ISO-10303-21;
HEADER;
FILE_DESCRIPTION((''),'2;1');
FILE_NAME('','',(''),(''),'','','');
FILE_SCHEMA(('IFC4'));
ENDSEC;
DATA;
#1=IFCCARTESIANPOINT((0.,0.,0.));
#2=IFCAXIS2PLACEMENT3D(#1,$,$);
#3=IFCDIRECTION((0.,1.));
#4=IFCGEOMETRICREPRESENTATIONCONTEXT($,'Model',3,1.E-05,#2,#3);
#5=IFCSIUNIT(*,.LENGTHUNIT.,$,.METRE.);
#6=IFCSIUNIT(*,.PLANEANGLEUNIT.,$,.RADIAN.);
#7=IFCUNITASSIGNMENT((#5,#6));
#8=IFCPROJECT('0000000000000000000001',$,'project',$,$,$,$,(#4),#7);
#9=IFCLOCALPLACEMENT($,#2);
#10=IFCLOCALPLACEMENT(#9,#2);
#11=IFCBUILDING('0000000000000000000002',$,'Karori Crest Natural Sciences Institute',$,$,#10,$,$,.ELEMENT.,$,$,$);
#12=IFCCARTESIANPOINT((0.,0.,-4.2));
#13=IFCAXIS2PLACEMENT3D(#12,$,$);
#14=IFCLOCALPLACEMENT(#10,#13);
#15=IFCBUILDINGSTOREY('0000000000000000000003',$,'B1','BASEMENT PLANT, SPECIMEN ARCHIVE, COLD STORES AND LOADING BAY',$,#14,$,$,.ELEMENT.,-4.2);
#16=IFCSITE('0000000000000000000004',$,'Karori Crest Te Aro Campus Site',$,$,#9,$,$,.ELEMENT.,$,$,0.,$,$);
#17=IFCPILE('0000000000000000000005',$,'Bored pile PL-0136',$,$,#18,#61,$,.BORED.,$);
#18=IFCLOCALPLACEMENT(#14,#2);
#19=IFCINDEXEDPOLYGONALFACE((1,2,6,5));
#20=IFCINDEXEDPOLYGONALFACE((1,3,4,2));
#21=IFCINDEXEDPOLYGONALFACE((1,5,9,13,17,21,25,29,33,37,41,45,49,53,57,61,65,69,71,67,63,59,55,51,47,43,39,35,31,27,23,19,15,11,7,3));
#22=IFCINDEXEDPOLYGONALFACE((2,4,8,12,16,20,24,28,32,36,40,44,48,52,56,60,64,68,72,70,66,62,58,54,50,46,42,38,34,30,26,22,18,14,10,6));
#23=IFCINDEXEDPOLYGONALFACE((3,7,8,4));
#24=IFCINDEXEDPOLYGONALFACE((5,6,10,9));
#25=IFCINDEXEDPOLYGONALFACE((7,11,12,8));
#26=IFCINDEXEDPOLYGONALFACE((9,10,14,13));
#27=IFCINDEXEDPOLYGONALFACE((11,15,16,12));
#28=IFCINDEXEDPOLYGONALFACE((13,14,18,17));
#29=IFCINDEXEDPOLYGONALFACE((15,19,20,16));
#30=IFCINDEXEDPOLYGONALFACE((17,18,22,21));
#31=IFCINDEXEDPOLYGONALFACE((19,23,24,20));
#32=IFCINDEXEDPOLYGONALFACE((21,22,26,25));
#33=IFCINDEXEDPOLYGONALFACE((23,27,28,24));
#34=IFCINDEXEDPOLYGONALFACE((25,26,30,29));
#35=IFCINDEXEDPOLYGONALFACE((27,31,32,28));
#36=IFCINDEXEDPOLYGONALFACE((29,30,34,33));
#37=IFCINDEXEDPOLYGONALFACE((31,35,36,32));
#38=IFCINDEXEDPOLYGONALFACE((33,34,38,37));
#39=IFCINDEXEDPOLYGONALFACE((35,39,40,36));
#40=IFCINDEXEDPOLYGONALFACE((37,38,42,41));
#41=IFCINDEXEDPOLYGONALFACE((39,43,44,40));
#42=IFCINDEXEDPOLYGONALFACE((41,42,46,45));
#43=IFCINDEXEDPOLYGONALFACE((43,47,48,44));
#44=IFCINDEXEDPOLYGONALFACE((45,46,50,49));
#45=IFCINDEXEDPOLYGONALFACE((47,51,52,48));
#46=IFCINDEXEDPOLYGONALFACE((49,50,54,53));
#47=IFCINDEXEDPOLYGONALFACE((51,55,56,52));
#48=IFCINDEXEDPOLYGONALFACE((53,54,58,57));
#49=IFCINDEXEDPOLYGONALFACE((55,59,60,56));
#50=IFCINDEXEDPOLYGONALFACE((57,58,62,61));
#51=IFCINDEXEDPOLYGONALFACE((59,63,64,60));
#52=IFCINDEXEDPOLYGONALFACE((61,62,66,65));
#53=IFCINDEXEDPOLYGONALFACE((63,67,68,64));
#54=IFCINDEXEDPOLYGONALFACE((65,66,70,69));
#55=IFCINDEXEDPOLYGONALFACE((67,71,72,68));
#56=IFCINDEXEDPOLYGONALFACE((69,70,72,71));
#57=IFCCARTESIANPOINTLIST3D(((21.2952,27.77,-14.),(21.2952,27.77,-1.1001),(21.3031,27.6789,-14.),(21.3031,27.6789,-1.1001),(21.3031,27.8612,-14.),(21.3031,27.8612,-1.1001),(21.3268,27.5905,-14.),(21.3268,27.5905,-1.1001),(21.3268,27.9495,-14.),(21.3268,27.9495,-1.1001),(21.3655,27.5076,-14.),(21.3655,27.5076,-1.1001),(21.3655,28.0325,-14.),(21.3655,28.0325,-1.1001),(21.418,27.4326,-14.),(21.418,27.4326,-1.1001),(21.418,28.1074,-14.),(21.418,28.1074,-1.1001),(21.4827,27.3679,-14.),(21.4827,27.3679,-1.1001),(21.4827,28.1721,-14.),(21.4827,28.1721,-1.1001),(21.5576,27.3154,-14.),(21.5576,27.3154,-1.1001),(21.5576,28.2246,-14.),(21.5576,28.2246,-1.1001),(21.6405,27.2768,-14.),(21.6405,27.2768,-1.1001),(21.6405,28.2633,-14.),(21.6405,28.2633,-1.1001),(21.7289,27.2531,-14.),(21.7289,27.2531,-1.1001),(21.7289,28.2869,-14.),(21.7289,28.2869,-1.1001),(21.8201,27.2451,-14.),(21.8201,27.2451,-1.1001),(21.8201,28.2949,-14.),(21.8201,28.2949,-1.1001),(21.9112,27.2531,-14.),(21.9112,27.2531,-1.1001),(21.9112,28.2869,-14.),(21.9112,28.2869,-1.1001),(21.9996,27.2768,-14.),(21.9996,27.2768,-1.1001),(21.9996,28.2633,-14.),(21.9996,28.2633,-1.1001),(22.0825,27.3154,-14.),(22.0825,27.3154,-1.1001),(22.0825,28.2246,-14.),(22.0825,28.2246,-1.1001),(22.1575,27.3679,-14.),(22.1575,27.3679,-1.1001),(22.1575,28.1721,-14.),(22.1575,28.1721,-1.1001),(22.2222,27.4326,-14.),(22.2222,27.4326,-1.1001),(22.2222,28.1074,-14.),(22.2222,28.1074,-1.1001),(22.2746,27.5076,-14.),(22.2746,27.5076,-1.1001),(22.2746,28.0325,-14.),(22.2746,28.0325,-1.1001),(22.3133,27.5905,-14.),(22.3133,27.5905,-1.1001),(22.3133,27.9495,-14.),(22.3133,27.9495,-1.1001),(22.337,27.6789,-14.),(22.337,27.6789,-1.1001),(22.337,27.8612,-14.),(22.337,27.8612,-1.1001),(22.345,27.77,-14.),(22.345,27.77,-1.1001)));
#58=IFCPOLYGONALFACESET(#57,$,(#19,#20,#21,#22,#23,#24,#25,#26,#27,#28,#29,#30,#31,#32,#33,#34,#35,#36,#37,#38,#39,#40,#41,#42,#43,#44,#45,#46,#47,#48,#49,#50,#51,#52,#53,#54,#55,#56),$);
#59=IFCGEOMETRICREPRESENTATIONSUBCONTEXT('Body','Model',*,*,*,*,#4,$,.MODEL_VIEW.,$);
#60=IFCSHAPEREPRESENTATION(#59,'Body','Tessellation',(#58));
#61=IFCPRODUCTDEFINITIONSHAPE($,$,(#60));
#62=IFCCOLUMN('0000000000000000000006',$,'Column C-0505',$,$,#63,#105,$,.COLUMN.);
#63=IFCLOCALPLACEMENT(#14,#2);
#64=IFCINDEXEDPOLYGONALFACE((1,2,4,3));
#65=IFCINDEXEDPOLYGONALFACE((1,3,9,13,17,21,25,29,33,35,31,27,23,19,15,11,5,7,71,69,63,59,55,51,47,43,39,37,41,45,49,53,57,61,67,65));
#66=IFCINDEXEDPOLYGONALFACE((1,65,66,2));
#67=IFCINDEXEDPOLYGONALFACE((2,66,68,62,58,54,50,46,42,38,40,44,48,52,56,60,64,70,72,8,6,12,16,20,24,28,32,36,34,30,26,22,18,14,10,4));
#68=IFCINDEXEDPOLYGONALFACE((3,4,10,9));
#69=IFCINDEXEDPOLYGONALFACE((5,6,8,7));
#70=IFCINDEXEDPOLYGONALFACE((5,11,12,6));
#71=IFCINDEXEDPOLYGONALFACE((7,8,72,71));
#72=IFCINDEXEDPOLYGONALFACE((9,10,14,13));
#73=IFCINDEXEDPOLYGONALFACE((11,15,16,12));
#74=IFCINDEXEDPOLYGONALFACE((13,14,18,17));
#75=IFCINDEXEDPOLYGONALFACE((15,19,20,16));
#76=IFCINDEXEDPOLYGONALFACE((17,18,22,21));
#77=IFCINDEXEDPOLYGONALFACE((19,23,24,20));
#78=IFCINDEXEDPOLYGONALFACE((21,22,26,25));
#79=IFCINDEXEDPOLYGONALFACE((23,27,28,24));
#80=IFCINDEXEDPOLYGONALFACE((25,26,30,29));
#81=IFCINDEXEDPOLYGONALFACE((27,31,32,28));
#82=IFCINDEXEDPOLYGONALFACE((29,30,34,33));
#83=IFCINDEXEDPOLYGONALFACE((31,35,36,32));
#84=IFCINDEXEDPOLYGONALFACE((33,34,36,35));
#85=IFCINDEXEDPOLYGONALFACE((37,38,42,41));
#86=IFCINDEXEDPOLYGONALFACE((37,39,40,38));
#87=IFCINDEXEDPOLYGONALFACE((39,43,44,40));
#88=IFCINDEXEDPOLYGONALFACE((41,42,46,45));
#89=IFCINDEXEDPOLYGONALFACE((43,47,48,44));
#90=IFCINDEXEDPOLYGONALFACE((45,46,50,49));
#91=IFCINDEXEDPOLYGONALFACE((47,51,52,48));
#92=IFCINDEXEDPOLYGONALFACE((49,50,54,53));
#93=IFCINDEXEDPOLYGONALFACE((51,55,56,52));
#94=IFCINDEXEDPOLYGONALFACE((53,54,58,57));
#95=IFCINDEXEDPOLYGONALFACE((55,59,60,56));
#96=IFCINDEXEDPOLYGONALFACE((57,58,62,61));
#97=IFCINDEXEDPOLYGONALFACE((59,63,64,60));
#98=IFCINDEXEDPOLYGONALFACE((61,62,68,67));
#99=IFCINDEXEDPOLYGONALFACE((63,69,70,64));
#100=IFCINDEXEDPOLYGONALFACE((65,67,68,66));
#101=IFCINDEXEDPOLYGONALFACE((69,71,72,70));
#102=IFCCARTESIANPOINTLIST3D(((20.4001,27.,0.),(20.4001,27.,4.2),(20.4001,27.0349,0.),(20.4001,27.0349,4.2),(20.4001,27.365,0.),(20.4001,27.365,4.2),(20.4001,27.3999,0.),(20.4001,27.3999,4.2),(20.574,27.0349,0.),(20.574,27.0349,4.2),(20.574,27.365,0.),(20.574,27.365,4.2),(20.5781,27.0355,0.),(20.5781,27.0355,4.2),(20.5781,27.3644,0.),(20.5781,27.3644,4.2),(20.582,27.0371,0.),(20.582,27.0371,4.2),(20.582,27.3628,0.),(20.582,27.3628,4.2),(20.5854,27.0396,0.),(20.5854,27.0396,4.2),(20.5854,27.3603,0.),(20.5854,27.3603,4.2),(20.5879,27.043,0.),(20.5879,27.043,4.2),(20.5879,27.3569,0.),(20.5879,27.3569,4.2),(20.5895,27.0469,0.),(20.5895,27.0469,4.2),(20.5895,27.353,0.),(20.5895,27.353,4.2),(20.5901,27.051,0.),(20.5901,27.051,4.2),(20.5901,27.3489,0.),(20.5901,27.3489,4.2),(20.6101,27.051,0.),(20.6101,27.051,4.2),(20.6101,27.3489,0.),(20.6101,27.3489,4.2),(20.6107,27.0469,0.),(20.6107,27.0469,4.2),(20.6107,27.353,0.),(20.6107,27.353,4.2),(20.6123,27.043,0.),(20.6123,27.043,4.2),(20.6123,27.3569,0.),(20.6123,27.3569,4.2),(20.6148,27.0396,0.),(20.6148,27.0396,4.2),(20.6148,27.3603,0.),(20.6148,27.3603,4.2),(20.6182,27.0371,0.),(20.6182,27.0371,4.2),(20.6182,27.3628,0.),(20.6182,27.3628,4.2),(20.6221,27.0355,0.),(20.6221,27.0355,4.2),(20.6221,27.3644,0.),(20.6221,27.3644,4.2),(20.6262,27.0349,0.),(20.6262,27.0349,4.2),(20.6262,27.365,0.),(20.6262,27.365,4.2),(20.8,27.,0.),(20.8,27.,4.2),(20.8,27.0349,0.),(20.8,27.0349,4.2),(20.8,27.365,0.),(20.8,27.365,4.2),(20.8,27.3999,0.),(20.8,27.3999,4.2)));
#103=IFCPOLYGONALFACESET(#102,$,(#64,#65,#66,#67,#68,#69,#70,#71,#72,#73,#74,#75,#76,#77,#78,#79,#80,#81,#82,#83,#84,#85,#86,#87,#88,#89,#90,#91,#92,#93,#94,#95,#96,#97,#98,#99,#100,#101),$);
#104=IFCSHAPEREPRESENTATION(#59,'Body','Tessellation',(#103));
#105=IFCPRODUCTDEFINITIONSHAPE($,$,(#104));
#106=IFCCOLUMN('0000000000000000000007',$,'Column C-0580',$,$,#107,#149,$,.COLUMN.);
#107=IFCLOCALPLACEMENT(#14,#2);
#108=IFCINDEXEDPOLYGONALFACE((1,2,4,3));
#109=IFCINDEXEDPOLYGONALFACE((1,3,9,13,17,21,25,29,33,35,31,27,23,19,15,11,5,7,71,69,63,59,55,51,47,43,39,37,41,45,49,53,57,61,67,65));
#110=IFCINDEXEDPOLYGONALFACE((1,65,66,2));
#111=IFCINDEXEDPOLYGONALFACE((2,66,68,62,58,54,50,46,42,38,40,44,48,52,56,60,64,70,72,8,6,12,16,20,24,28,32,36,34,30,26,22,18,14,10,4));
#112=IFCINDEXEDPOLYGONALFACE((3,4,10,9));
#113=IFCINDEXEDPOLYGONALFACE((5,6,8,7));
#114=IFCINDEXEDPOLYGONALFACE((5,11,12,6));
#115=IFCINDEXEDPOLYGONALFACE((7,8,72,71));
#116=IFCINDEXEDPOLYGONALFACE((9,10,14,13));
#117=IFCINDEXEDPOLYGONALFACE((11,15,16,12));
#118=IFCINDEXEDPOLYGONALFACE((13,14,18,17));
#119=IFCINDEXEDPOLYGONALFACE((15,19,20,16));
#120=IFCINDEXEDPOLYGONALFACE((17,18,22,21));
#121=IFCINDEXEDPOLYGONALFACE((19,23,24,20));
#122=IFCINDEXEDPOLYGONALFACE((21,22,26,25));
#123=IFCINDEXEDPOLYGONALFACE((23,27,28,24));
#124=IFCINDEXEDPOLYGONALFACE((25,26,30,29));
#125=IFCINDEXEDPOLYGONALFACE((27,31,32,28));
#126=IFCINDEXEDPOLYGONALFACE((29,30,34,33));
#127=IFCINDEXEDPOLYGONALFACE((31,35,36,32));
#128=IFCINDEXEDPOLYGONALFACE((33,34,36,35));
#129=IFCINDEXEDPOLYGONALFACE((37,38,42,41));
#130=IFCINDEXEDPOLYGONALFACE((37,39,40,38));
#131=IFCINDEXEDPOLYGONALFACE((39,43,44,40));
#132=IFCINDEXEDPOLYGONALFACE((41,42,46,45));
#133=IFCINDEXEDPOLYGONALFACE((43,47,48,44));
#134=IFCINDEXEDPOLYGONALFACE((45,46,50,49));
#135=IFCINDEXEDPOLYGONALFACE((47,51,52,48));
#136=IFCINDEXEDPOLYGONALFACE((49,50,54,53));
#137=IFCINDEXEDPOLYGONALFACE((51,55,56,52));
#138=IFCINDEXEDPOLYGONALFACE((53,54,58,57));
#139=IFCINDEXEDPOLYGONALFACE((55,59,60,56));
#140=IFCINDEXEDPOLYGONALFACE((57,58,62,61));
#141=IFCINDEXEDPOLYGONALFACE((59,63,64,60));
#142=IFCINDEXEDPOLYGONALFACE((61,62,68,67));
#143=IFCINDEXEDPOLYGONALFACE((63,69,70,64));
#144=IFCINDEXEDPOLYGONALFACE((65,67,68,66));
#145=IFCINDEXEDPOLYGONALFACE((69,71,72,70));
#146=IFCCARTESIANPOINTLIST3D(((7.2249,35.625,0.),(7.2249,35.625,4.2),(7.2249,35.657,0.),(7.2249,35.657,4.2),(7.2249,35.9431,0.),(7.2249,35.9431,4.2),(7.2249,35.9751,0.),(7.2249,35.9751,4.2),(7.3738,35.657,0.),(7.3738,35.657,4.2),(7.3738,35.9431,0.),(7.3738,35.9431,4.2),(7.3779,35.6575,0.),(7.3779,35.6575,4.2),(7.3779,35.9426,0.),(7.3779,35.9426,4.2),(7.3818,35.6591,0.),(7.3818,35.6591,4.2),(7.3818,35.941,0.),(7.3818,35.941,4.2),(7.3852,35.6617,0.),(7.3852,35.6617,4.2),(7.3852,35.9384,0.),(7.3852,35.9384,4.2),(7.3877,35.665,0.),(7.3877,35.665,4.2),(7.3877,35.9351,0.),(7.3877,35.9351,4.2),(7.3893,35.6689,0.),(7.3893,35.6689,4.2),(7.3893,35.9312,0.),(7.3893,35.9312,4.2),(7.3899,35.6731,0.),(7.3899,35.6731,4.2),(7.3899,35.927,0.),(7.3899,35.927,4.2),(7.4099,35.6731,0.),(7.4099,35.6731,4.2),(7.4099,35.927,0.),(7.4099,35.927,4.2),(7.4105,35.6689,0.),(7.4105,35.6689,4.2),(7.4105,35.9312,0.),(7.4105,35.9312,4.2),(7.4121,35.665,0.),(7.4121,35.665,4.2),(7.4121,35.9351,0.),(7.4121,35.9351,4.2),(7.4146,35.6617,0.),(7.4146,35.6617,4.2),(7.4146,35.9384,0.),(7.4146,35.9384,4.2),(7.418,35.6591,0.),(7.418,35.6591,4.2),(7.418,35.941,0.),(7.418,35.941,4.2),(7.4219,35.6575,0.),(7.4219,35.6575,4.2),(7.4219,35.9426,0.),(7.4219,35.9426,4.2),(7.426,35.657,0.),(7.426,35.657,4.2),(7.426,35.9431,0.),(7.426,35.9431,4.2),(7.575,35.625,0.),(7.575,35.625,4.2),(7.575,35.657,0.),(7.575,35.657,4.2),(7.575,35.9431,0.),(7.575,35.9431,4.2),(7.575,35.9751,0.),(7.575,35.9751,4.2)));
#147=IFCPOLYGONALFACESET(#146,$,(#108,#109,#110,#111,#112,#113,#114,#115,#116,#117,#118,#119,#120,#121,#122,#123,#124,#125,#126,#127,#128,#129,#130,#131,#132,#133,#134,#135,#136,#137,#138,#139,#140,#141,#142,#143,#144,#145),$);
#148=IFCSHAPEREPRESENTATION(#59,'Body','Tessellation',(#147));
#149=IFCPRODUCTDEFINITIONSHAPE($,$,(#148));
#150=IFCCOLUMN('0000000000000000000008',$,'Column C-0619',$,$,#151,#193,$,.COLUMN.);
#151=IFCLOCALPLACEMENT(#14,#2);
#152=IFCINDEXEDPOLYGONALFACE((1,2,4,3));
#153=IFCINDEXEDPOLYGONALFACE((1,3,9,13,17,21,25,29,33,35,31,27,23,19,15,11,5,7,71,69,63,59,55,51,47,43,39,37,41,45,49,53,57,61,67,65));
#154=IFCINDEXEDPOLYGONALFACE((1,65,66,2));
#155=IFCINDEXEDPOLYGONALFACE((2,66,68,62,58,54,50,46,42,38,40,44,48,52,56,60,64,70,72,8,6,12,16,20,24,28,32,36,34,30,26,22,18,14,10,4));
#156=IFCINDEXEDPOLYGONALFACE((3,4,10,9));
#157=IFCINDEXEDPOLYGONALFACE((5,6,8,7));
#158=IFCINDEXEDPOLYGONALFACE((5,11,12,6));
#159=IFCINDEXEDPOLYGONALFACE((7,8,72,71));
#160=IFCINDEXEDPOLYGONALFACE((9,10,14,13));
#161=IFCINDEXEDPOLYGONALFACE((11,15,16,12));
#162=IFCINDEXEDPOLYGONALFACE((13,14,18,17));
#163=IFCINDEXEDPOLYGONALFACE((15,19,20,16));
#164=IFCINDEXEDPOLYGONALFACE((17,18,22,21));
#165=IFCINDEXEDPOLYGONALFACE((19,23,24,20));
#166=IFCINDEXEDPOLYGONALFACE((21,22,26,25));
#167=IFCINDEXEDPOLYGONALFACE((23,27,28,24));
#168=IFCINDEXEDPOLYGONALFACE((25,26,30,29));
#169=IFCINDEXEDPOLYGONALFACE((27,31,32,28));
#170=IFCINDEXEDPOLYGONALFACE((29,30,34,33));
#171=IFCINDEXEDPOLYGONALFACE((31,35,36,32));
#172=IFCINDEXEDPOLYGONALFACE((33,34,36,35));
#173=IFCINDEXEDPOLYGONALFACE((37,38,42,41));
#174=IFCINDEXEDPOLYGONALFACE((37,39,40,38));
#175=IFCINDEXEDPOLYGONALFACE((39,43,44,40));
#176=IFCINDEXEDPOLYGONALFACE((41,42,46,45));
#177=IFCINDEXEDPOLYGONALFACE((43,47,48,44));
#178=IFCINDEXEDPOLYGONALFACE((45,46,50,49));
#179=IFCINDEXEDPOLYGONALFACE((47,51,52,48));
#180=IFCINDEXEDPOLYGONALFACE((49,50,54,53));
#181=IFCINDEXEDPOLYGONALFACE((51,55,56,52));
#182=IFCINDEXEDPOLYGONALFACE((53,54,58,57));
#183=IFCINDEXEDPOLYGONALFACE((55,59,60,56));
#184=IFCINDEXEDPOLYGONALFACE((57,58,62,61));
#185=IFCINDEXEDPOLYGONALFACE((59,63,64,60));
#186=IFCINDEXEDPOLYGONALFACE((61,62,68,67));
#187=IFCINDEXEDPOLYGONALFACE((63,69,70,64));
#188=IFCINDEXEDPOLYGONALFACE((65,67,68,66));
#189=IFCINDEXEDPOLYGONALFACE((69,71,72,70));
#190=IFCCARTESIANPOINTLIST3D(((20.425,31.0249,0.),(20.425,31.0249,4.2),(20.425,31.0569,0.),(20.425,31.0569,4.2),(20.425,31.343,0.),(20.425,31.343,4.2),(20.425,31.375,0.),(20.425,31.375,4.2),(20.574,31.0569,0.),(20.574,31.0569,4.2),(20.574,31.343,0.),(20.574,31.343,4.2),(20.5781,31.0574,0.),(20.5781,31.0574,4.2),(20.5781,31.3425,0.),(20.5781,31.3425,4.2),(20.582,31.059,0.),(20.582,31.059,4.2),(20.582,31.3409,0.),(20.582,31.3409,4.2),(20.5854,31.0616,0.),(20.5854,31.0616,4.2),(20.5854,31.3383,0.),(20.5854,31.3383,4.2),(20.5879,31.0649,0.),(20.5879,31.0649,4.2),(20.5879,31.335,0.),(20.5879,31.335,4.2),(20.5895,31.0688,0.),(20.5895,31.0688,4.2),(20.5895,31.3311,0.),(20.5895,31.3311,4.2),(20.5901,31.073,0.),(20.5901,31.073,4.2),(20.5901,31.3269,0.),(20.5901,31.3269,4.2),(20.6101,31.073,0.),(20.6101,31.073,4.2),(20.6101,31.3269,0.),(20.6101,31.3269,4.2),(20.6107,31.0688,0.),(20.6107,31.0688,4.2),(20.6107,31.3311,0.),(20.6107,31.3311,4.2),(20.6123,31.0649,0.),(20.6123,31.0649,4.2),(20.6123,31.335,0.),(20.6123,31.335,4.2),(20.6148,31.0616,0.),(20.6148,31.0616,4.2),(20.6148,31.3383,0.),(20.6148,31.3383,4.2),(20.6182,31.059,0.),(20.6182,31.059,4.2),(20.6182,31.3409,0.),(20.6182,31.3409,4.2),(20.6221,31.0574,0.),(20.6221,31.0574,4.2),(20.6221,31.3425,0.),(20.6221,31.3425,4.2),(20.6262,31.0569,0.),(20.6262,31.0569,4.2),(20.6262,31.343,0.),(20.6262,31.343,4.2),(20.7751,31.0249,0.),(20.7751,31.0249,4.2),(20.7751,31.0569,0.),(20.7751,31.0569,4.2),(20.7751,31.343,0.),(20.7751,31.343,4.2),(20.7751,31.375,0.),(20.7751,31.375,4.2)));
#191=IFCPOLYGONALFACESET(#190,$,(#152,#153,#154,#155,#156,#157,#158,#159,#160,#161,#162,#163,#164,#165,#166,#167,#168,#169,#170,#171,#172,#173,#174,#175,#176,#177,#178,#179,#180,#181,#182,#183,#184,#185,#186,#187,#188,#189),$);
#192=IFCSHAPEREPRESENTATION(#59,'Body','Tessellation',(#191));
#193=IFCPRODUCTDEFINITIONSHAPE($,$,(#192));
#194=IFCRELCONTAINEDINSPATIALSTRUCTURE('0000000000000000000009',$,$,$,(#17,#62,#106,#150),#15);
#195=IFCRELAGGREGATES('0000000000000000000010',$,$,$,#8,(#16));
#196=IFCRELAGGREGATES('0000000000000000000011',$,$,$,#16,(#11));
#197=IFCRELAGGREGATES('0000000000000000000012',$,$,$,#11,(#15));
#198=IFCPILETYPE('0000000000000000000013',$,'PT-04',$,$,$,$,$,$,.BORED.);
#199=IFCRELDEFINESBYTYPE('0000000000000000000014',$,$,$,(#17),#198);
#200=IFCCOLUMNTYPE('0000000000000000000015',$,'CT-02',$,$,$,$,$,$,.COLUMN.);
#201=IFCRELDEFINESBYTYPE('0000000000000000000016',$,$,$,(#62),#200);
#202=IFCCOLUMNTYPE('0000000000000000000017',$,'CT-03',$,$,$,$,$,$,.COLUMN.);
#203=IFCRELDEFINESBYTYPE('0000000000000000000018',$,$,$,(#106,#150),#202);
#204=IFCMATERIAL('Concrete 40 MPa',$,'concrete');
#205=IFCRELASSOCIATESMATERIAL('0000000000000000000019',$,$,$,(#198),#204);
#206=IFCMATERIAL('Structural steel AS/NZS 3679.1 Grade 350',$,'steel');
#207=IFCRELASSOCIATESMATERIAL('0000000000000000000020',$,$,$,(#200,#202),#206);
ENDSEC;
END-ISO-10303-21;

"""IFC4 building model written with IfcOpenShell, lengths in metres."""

from ifc_helpers import new_model, si_unit, direction, frame, origin, origin_2d, place, context, subcontext, project, spatial, circle, i_section, extrude, material, material_profile, profile_set, type_object, element, save


model = new_model("IFC4")

# Units and contexts
model_context = context("Model", 3, precision=1e-05, world=origin(), true_north=direction((0.0, 1.0)))
body_context = subcontext(model_context, "Body", "Model", "MODEL_VIEW")
ifc_project = project(units=[si_unit("LENGTHUNIT", "METRE"), si_unit("PLANEANGLEUNIT", "RADIAN")], contexts=[model_context])

# Site, building, storey
site_placement = place(None, origin())
site = spatial("IfcSite", under=ifc_project, at=site_placement, Name="Karori Crest Te Aro Campus Site", CompositionType="ELEMENT", RefElevation=0.0)
building_placement = place(site_placement, origin())
building = spatial("IfcBuilding", under=site, at=building_placement, Name="Karori Crest Natural Sciences Institute", CompositionType="ELEMENT")
storey_placement = place(building_placement, frame((0.0, 0.0, -4.2)))
storey = spatial("IfcBuildingStorey", under=building, at=storey_placement, Name="B1", Description="BASEMENT PLANT, SPECIMEN ARCHIVE, COLD STORES AND LOADING BAY", CompositionType="ELEMENT", Elevation=-4.2)

# Shared definitions
ifc_material_1 = material(Name="Concrete 40 MPa", Category="concrete")

# Pile
ifc_material_profile_1 = material_profile(ifc_material_1, circle(Radius=0.5249, at=origin_2d()), Name="PILE1050")
ifc_profile_set_1 = profile_set([ifc_material_profile_1], Name="Concrete 40 MPa")
pile_type_1 = type_object("IfcPileType", Name="PT-04", PredefinedType="BORED", material=ifc_profile_set_1)
for number, where, z_axis, x_axis, name in (
    (1, (21.8201, 27.77, -1.1001), (0.0, 0.0, -1.0), (1.0, 0.0, 0.0), "Bored pile PL-0136"),
):
    element("IfcPile", number, at=place(storey_placement, frame(where, z_axis=z_axis, x_axis=x_axis)), inside=storey, type_object=pile_type_1, Name=name, PredefinedType="BORED", context=body_context, shape_type="SweptSolid", body=[
        extrude(circle(Radius=0.5249, at=origin_2d()), origin(), (0.0, 0.0, 1.0), 12.8999),
    ])

# Columns
ifc_material_2 = material(Name="Structural steel AS/NZS 3679.1 Grade 350", Category="steel")
ifc_material_profile_2 = material_profile(ifc_material_2, i_section(OverallWidth=0.3999, OverallDepth=0.3999, WebThickness=0.02, FlangeThickness=0.0349, FilletRadius=0.0161, at=origin_2d()), Name="400WC328")
ifc_profile_set_2 = profile_set([ifc_material_profile_2], Name="Structural steel AS/NZS 3679.1 Grade 350")
column_type_1 = type_object("IfcColumnType", Name="CT-02", PredefinedType="COLUMN", material=ifc_profile_set_2)
column_placement = place(storey_placement, frame((20.6001, 27.2, 0.0), z_axis=(0.0, 0.0, 1.0), x_axis=(1.0, 0.0, 0.0)))
element("IfcColumn", 2, at=column_placement, inside=storey, type_object=column_type_1, Name="Column C-0505", PredefinedType="COLUMN", context=body_context, shape_type="SweptSolid", body=[
    extrude(i_section(OverallWidth=0.3999, OverallDepth=0.3999, WebThickness=0.02, FlangeThickness=0.0349, FilletRadius=0.0161, at=origin_2d()), origin(), (0.0, 0.0, 1.0), 4.2),
])
ifc_material_profile_3 = material_profile(ifc_material_2, i_section(OverallWidth=0.3501, OverallDepth=0.3501, WebThickness=0.02, FlangeThickness=0.032, FilletRadius=0.0161, at=origin_2d()), Name="350WC280")
ifc_profile_set_3 = profile_set([ifc_material_profile_3], Name="Structural steel AS/NZS 3679.1 Grade 350")
column_type_2 = type_object("IfcColumnType", Name="CT-03", PredefinedType="COLUMN", material=ifc_profile_set_3)
for number, where, z_axis, x_axis, name in (
    (3, (7.3999, 35.8, 0.0), (0.0, 0.0, 1.0), (1.0, 0.0, 0.0), "Column C-0580"),
    (4, (20.6001, 31.2, 0.0), (0.0, 0.0, 1.0), (1.0, 0.0, 0.0), "Column C-0619"),
):
    element("IfcColumn", number, at=place(storey_placement, frame(where, z_axis=z_axis, x_axis=x_axis)), inside=storey, type_object=column_type_2, Name=name, PredefinedType="COLUMN", context=body_context, shape_type="SweptSolid", body=[
        extrude(i_section(OverallWidth=0.3501, OverallDepth=0.3501, WebThickness=0.02, FlangeThickness=0.032, FilletRadius=0.0161, at=origin_2d()), origin(), (0.0, 0.0, 1.0), 4.2),
    ])

save(model, "model.ifc")
